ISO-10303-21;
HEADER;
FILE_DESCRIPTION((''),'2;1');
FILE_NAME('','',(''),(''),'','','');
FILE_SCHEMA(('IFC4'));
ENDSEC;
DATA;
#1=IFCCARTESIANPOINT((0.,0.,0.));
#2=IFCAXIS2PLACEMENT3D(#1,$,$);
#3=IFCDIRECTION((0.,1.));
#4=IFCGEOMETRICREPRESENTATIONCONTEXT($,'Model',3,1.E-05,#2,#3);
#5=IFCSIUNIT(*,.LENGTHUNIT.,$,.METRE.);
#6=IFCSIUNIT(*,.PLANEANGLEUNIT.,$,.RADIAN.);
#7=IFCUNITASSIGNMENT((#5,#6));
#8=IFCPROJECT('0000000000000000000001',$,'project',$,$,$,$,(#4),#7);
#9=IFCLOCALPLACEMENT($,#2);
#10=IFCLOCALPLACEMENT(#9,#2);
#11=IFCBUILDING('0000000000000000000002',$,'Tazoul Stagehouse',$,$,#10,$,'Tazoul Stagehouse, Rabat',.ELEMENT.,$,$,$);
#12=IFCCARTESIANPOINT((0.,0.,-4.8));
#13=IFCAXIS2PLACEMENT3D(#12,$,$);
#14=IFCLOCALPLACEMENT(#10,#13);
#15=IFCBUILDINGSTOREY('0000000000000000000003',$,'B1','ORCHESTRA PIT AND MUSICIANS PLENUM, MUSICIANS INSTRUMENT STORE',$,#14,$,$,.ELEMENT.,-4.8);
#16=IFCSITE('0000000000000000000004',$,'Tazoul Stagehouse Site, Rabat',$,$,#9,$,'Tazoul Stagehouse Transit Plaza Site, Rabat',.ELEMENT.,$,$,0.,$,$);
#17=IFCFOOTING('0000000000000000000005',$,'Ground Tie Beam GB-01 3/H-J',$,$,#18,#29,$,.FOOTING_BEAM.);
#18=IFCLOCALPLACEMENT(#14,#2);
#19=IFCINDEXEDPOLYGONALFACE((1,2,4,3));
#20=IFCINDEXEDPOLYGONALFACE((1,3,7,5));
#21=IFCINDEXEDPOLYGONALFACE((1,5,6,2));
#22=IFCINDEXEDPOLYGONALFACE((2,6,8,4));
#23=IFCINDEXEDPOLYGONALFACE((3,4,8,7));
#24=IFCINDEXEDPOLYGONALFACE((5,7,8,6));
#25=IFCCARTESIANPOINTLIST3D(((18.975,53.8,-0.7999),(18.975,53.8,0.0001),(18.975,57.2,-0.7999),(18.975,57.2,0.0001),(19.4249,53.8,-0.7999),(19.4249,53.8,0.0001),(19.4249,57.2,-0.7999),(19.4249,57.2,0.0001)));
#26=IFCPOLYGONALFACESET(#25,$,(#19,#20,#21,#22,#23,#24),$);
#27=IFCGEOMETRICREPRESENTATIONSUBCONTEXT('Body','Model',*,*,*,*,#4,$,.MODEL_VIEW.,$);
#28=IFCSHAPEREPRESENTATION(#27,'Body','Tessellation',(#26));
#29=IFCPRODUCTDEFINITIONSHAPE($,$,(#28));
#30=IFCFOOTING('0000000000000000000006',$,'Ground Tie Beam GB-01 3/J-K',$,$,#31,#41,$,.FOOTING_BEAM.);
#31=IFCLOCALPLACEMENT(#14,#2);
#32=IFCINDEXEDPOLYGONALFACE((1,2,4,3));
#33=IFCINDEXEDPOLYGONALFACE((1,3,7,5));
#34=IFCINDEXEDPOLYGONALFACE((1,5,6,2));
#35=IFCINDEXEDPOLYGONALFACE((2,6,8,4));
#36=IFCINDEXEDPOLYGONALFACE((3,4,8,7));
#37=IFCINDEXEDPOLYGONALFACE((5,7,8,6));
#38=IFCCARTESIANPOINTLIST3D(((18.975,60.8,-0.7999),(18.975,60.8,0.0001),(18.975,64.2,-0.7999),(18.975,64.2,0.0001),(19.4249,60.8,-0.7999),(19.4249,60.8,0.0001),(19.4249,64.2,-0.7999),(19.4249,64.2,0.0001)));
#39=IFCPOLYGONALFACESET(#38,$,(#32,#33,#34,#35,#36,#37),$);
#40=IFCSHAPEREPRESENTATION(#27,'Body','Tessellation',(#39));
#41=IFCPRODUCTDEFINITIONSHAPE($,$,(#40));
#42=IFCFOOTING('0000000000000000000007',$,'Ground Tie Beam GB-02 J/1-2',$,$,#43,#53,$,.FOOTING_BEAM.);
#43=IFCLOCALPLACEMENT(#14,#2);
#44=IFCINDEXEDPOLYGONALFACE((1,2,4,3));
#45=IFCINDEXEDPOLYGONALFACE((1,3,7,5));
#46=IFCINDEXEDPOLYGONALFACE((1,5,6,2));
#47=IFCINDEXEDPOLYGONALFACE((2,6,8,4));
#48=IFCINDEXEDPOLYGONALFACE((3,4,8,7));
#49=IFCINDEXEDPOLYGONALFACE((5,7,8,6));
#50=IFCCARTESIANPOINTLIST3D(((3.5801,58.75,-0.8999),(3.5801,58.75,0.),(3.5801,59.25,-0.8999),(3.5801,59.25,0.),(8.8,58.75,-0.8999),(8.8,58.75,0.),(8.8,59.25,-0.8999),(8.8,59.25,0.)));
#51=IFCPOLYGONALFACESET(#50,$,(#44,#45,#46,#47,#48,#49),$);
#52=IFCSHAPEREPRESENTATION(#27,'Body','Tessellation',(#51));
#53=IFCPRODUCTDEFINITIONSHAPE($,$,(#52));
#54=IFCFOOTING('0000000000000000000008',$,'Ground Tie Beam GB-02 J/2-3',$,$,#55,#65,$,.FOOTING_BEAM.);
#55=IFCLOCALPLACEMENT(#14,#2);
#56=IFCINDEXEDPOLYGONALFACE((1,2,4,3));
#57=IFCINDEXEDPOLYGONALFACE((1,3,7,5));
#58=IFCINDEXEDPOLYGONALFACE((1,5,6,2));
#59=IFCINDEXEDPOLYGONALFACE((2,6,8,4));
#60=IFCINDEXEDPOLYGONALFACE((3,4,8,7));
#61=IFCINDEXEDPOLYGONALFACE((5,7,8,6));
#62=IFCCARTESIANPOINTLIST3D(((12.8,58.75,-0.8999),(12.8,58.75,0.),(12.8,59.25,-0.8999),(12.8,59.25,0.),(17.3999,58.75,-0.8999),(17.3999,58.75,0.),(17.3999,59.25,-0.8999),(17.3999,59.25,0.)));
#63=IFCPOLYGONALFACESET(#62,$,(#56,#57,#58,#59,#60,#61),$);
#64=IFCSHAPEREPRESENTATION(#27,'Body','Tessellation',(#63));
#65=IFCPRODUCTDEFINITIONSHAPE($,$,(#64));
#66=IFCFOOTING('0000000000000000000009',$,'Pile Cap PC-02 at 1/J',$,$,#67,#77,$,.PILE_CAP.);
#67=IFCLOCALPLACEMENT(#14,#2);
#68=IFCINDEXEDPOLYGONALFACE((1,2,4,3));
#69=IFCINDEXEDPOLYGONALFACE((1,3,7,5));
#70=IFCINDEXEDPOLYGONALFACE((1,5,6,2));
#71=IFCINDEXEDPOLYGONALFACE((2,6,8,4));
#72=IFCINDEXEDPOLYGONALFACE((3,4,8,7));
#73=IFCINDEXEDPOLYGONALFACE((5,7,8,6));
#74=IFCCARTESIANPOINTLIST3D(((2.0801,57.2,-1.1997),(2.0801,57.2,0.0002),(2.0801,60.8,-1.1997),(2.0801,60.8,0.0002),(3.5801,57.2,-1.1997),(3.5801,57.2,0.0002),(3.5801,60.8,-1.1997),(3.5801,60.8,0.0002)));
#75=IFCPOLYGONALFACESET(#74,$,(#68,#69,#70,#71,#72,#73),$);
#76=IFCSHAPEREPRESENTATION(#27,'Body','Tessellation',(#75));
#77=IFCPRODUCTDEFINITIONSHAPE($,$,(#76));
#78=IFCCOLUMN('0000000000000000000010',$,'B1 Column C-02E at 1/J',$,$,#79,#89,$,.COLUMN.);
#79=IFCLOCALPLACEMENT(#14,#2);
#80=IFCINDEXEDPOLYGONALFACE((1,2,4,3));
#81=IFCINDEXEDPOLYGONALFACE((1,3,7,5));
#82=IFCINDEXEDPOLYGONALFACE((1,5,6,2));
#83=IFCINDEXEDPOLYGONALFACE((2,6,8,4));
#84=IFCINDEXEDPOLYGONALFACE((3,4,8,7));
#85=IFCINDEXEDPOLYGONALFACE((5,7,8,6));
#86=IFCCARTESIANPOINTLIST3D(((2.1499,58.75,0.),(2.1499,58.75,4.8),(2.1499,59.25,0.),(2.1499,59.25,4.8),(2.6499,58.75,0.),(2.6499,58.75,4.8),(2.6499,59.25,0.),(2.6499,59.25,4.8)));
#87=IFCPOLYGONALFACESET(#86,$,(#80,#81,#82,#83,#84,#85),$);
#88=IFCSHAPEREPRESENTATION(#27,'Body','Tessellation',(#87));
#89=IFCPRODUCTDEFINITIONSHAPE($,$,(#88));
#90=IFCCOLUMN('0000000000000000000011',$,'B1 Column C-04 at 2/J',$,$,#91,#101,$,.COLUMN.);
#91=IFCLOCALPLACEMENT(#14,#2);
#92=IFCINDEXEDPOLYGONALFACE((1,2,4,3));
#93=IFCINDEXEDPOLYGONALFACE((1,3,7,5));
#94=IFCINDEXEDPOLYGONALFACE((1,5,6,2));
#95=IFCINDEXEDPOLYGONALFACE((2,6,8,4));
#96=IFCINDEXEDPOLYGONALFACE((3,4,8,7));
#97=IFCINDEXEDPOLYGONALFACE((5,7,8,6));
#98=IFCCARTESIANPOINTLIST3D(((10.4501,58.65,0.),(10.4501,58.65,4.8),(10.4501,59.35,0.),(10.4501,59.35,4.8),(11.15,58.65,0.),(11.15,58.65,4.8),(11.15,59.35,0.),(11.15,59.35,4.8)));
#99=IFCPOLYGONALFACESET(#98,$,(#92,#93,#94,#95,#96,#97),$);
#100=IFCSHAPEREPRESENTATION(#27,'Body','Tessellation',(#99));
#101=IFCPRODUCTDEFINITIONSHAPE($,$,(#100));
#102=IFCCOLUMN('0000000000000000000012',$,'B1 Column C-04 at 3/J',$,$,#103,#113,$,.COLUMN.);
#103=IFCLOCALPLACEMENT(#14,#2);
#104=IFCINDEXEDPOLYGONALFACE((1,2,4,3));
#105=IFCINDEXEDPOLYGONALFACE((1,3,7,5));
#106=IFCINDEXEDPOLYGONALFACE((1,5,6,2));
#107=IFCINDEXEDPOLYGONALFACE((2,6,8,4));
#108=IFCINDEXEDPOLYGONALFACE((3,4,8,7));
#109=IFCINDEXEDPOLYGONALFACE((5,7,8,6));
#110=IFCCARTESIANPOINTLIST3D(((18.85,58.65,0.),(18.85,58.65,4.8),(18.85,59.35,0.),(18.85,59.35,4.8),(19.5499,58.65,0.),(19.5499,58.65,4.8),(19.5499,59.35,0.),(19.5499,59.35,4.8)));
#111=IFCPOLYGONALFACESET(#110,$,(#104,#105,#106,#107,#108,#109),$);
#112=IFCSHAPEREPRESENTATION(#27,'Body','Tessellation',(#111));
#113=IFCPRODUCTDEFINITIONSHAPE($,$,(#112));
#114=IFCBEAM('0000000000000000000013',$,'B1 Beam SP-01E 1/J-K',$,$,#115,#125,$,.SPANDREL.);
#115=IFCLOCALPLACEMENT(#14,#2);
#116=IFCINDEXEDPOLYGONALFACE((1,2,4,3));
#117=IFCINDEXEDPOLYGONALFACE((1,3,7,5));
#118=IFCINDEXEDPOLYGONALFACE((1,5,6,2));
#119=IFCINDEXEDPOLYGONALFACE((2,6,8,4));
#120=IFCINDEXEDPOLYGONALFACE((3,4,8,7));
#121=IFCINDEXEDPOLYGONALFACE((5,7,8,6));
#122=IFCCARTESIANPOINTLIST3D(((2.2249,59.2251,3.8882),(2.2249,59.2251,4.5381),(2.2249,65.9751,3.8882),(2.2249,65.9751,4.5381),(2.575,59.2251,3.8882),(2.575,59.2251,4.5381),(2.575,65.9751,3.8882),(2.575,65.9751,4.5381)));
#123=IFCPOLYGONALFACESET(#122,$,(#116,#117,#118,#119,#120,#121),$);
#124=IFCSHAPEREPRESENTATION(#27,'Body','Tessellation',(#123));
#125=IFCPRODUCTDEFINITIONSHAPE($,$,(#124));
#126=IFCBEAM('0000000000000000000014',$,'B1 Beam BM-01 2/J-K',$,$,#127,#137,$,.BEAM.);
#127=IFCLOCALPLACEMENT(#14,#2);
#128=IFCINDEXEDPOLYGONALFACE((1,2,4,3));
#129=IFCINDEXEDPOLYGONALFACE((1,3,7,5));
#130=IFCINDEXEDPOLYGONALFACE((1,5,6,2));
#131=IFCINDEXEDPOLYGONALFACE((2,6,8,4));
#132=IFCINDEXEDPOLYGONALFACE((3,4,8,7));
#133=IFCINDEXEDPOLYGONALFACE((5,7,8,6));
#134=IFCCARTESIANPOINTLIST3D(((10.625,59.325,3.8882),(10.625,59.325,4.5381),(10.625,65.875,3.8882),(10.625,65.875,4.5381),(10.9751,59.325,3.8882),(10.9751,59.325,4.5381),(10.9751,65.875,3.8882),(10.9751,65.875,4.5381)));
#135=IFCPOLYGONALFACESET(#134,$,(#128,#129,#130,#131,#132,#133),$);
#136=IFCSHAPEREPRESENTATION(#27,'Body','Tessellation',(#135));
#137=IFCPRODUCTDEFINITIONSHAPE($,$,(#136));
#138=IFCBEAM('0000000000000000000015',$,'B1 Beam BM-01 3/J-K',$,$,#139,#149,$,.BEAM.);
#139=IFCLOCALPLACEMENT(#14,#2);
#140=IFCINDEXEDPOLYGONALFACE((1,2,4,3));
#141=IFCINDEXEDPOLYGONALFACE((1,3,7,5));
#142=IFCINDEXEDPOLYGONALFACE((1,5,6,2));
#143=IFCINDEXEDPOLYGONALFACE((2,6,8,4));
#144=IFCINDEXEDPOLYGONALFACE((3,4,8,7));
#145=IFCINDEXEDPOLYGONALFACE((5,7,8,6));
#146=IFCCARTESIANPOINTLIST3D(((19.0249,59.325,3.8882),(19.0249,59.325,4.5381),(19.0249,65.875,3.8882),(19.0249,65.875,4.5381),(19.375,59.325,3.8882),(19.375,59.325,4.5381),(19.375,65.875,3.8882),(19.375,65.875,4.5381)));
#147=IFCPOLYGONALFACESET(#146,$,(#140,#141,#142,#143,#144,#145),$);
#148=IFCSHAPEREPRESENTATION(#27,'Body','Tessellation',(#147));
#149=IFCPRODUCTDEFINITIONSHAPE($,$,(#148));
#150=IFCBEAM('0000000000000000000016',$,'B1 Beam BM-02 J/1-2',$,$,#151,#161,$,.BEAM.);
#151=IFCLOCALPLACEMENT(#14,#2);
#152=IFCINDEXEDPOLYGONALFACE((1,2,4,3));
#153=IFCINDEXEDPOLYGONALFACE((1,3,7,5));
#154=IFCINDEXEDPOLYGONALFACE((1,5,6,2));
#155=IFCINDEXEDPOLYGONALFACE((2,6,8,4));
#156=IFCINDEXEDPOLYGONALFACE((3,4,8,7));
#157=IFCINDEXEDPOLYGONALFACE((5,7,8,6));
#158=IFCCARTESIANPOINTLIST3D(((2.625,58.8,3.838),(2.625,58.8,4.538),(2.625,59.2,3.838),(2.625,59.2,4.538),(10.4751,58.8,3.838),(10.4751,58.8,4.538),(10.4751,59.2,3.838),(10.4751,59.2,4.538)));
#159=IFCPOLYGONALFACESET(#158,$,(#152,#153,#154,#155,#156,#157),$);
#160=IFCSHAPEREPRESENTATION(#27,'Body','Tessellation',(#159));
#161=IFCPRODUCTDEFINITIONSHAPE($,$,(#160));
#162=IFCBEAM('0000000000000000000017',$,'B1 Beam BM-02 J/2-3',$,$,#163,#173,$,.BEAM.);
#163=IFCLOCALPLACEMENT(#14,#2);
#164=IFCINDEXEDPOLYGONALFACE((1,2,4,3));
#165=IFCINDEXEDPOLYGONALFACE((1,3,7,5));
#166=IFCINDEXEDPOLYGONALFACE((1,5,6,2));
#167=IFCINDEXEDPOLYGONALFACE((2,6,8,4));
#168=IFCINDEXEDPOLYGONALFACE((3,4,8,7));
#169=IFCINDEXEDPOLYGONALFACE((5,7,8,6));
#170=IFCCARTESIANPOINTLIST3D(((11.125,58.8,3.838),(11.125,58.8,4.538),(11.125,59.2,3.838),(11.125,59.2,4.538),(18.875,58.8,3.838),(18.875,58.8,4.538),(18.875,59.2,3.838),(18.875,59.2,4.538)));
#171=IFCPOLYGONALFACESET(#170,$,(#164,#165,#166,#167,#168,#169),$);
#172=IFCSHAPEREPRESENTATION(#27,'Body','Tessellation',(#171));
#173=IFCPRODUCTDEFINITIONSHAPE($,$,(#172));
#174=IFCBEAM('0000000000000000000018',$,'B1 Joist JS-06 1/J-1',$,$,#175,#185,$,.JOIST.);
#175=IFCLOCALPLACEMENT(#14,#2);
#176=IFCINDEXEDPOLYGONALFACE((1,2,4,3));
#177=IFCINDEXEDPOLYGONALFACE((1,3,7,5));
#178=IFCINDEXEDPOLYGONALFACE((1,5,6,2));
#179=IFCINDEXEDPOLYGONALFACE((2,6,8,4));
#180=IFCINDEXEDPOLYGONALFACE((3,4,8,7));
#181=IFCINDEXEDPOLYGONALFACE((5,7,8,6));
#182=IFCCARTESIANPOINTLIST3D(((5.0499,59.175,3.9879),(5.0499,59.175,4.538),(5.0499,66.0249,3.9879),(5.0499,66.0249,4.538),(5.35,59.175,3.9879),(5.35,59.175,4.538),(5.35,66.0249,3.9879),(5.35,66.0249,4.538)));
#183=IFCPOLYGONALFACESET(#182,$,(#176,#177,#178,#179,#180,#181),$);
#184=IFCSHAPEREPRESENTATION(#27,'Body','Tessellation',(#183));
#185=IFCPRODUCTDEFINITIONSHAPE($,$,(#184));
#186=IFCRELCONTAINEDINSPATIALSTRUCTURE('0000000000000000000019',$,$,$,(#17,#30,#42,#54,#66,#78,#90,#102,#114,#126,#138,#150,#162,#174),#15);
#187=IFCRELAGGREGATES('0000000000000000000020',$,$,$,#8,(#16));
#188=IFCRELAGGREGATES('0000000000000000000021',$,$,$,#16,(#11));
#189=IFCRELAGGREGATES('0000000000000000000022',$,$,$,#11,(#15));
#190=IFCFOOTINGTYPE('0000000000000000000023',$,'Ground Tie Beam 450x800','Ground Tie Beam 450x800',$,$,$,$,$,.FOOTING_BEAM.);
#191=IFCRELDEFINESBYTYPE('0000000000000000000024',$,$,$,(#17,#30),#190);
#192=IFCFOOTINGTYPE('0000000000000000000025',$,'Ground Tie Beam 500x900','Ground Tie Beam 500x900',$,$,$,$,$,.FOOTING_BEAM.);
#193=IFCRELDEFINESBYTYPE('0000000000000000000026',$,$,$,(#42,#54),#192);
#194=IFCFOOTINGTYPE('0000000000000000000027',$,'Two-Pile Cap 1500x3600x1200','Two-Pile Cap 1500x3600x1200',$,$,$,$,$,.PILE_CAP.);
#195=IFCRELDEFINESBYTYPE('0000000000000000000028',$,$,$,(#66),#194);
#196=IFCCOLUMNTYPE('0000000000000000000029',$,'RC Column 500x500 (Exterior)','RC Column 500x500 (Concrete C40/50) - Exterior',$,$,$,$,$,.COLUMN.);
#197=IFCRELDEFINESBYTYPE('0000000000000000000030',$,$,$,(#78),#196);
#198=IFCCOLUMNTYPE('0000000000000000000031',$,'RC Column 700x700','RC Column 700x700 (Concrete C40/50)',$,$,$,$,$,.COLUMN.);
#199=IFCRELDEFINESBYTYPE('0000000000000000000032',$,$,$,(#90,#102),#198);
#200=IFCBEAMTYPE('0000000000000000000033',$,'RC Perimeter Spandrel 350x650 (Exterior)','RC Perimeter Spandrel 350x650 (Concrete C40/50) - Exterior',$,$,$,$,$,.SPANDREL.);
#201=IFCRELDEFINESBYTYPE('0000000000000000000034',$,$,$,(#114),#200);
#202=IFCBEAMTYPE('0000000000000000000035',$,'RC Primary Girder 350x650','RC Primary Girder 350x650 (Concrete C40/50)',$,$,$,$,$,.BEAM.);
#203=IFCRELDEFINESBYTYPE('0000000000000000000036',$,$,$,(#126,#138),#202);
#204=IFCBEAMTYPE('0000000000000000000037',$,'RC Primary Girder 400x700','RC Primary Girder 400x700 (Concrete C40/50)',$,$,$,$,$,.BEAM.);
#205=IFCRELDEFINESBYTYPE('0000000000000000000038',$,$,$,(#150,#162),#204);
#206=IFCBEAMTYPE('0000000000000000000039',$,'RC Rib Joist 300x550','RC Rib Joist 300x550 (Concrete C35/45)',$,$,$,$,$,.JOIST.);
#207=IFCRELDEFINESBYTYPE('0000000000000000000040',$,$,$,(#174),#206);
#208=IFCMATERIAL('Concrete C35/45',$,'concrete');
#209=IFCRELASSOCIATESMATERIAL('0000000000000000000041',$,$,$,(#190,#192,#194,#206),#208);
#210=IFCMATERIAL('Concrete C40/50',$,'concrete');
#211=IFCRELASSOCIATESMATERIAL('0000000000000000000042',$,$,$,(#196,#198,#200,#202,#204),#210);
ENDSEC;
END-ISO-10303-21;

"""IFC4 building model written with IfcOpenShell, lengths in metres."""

from ifc_helpers import new_model, si_unit, direction, frame, origin, origin_2d, place, context, subcontext, project, spatial, rectangle, extrude, material, material_profile, profile_set, type_object, element, save


model = new_model("IFC4")

# Units and contexts
model_context = context("Model", 3, precision=1e-05, world=origin(), true_north=direction((0.0, 1.0)))
body_context = subcontext(model_context, "Body", "Model", "MODEL_VIEW")
ifc_project = project(units=[si_unit("LENGTHUNIT", "METRE"), si_unit("PLANEANGLEUNIT", "RADIAN")], contexts=[model_context])

# Site, building, storey
site_placement = place(None, origin())
site = spatial("IfcSite", under=ifc_project, at=site_placement, Name="Tazoul Stagehouse Site, Rabat", LongName="Tazoul Stagehouse Transit Plaza Site, Rabat", CompositionType="ELEMENT", RefElevation=0.0)
building_placement = place(site_placement, origin())
building = spatial("IfcBuilding", under=site, at=building_placement, Name="Tazoul Stagehouse", LongName="Tazoul Stagehouse, Rabat", CompositionType="ELEMENT")
storey_placement = place(building_placement, frame((0.0, 0.0, -4.8)))
storey = spatial("IfcBuildingStorey", under=building, at=storey_placement, Name="B1", Description="ORCHESTRA PIT AND MUSICIANS PLENUM, MUSICIANS INSTRUMENT STORE", CompositionType="ELEMENT", Elevation=-4.8)

# Shared definitions
ifc_material_1 = material(Name="Concrete C35/45", Category="concrete")

# Footings
ifc_material_profile_1 = material_profile(ifc_material_1, rectangle(XDim=0.45, YDim=0.8, at=origin_2d()), Name="RC 450x800")
ifc_profile_set_1 = profile_set([ifc_material_profile_1], Name="Concrete C35/45")
footing_type_1 = type_object("IfcFootingType", Name="Ground Tie Beam 450x800", Description="Ground Tie Beam 450x800", PredefinedType="FOOTING_BEAM", material=ifc_profile_set_1)
for number, where, z_axis, x_axis, name in (
    (1, (19.2, 53.8, -0.3999), (0.0, 1.0, 0.0), (-1.0, 0.0, 0.0), "Ground Tie Beam GB-01 3/H-J"),
    (2, (19.2, 60.8, -0.3999), (0.0, 1.0, 0.0), (-1.0, 0.0, 0.0), "Ground Tie Beam GB-01 3/J-K"),
):
    element("IfcFooting", number, at=place(storey_placement, frame(where, z_axis=z_axis, x_axis=x_axis)), inside=storey, type_object=footing_type_1, Name=name, PredefinedType="FOOTING_BEAM", context=body_context, shape_type="SweptSolid", body=[
        extrude(rectangle(XDim=0.45, YDim=0.8, at=origin_2d()), origin(), (0.0, 0.0, 1.0), 3.3999),
    ])
ifc_material_profile_2 = material_profile(ifc_material_1, rectangle(XDim=0.5, YDim=0.8999, at=origin_2d()), Name="RC 500x900")
ifc_profile_set_2 = profile_set([ifc_material_profile_2], Name="Concrete C35/45")
footing_type_2 = type_object("IfcFootingType", Name="Ground Tie Beam 500x900", Description="Ground Tie Beam 500x900", PredefinedType="FOOTING_BEAM", material=ifc_profile_set_2)
footing_1_placement = place(storey_placement, frame((3.5801, 59.0, -0.45), z_axis=(1.0, 0.0, 0.0), x_axis=(0.0, 1.0, 0.0)))
element("IfcFooting", 3, at=footing_1_placement, inside=storey, type_object=footing_type_2, Name="Ground Tie Beam GB-02 J/1-2", PredefinedType="FOOTING_BEAM", context=body_context, shape_type="SweptSolid", body=[
    extrude(rectangle(XDim=0.5, YDim=0.8999, at=origin_2d()), origin(), (0.0, 0.0, 1.0), 5.22),
])
footing_2_placement = place(storey_placement, frame((12.8, 59.0, -0.45), z_axis=(1.0, 0.0, 0.0), x_axis=(0.0, 1.0, 0.0)))
element("IfcFooting", 4, at=footing_2_placement, inside=storey, type_object=footing_type_2, Name="Ground Tie Beam GB-02 J/2-3", PredefinedType="FOOTING_BEAM", context=body_context, shape_type="SweptSolid", body=[
    extrude(rectangle(XDim=0.5, YDim=0.8999, at=origin_2d()), origin(), (0.0, 0.0, 1.0), 4.5999),
])
footing_type_3 = type_object("IfcFootingType", Name="Two-Pile Cap 1500x3600x1200", Description="Two-Pile Cap 1500x3600x1200", PredefinedType="PILE_CAP", material=ifc_material_1)
footing_3_placement = place(storey_placement, frame((2.8301, 59.0, -1.1997), z_axis=(0.0, 0.0, 1.0), x_axis=(1.0, 0.0, 0.0)))
element("IfcFooting", 5, at=footing_3_placement, inside=storey, type_object=footing_type_3, Name="Pile Cap PC-02 at 1/J", PredefinedType="PILE_CAP", context=body_context, shape_type="SweptSolid", body=[
    extrude(rectangle(XDim=1.5, YDim=3.6001, at=origin_2d()), origin(), (0.0, 0.0, 1.0), 1.2),
])

# Columns
ifc_material_2 = material(Name="Concrete C40/50", Category="concrete")
ifc_material_profile_3 = material_profile(ifc_material_2, rectangle(XDim=0.5, YDim=0.5, at=origin_2d()), Name="RC 500x500")
ifc_profile_set_3 = profile_set([ifc_material_profile_3], Name="Concrete C40/50")
column_type_1 = type_object("IfcColumnType", Name="RC Column 500x500 (Exterior)", Description="RC Column 500x500 (Concrete C40/50) - Exterior", PredefinedType="COLUMN", material=ifc_profile_set_3)
column_placement = place(storey_placement, frame((2.3999, 59.0, 0.0), z_axis=(0.0, 0.0, 1.0), x_axis=(1.0, 0.0, 0.0)))
element("IfcColumn", 6, at=column_placement, inside=storey, type_object=column_type_1, Name="B1 Column C-02E at 1/J", PredefinedType="COLUMN", context=body_context, shape_type="SweptSolid", body=[
    extrude(rectangle(XDim=0.5, YDim=0.5, at=origin_2d()), origin(), (0.0, 0.0, 1.0), 4.8),
])
ifc_material_profile_4 = material_profile(ifc_material_2, rectangle(XDim=0.7, YDim=0.7, at=origin_2d()), Name="RC 700x700")
ifc_profile_set_4 = profile_set([ifc_material_profile_4], Name="Concrete C40/50")
column_type_2 = type_object("IfcColumnType", Name="RC Column 700x700", Description="RC Column 700x700 (Concrete C40/50)", PredefinedType="COLUMN", material=ifc_profile_set_4)
for number, where, z_axis, x_axis, name in (
    (7, (10.8, 59.0, 0.0), (0.0, 0.0, 1.0), (1.0, 0.0, 0.0), "B1 Column C-04 at 2/J"),
    (8, (19.2, 59.0, 0.0), (0.0, 0.0, 1.0), (1.0, 0.0, 0.0), "B1 Column C-04 at 3/J"),
):
    element("IfcColumn", number, at=place(storey_placement, frame(where, z_axis=z_axis, x_axis=x_axis)), inside=storey, type_object=column_type_2, Name=name, PredefinedType="COLUMN", context=body_context, shape_type="SweptSolid", body=[
        extrude(rectangle(XDim=0.7, YDim=0.7, at=origin_2d()), origin(), (0.0, 0.0, 1.0), 4.8),
    ])

# Beams
ifc_material_profile_5 = material_profile(ifc_material_2, rectangle(XDim=0.3501, YDim=0.6499, at=origin_2d()), Name="RC 350x650")
ifc_profile_set_5 = profile_set([ifc_material_profile_5], Name="Concrete C40/50")
beam_type_1 = type_object("IfcBeamType", Name="RC Perimeter Spandrel 350x650 (Exterior)", Description="RC Perimeter Spandrel 350x650 (Concrete C40/50) - Exterior", PredefinedType="SPANDREL", material=ifc_profile_set_5)
beam_1_placement = place(storey_placement, frame((2.3999, 59.2251, 4.2131), z_axis=(0.0, 1.0, 0.0), x_axis=(-1.0, 0.0, 0.0)))
element("IfcBeam", 9, at=beam_1_placement, inside=storey, type_object=beam_type_1, Name="B1 Beam SP-01E 1/J-K", PredefinedType="SPANDREL", context=body_context, shape_type="SweptSolid", body=[
    extrude(rectangle(XDim=0.3501, YDim=0.6499, at=origin_2d()), origin(), (0.0, 0.0, 1.0), 6.75),
])
ifc_material_profile_6 = material_profile(ifc_material_2, rectangle(XDim=0.3501, YDim=0.6499, at=origin_2d()), Name="RC 350x650")
ifc_profile_set_6 = profile_set([ifc_material_profile_6], Name="Concrete C40/50")
beam_type_2 = type_object("IfcBeamType", Name="RC Primary Girder 350x650", Description="RC Primary Girder 350x650 (Concrete C40/50)", PredefinedType="BEAM", material=ifc_profile_set_6)
for number, where, z_axis, x_axis, name in (
    (10, (10.8, 59.325, 4.2131), (0.0, 1.0, 0.0), (-1.0, 0.0, 0.0), "B1 Beam BM-01 2/J-K"),
    (11, (19.2, 59.325, 4.2131), (0.0, 1.0, 0.0), (-1.0, 0.0, 0.0), "B1 Beam BM-01 3/J-K"),
):
    element("IfcBeam", number, at=place(storey_placement, frame(where, z_axis=z_axis, x_axis=x_axis)), inside=storey, type_object=beam_type_2, Name=name, PredefinedType="BEAM", context=body_context, shape_type="SweptSolid", body=[
        extrude(rectangle(XDim=0.3501, YDim=0.6499, at=origin_2d()), origin(), (0.0, 0.0, 1.0), 6.55),
    ])
ifc_material_profile_7 = material_profile(ifc_material_2, rectangle(XDim=0.3999, YDim=0.7, at=origin_2d()), Name="RC 400x700")
ifc_profile_set_7 = profile_set([ifc_material_profile_7], Name="Concrete C40/50")
beam_type_3 = type_object("IfcBeamType", Name="RC Primary Girder 400x700", Description="RC Primary Girder 400x700 (Concrete C40/50)", PredefinedType="BEAM", material=ifc_profile_set_7)
beam_2_placement = place(storey_placement, frame((2.625, 59.0, 4.188), z_axis=(1.0, 0.0, 0.0), x_axis=(0.0, 1.0, 0.0)))
element("IfcBeam", 12, at=beam_2_placement, inside=storey, type_object=beam_type_3, Name="B1 Beam BM-02 J/1-2", PredefinedType="BEAM", context=body_context, shape_type="SweptSolid", body=[
    extrude(rectangle(XDim=0.3999, YDim=0.7, at=origin_2d()), origin(), (0.0, 0.0, 1.0), 7.8501),
])
beam_3_placement = place(storey_placement, frame((11.125, 59.0, 4.188), z_axis=(1.0, 0.0, 0.0), x_axis=(0.0, 1.0, 0.0)))
element("IfcBeam", 13, at=beam_3_placement, inside=storey, type_object=beam_type_3, Name="B1 Beam BM-02 J/2-3", PredefinedType="BEAM", context=body_context, shape_type="SweptSolid", body=[
    extrude(rectangle(XDim=0.3999, YDim=0.7, at=origin_2d()), origin(), (0.0, 0.0, 1.0), 7.75),
])
ifc_material_profile_8 = material_profile(ifc_material_1, rectangle(XDim=0.3, YDim=0.55, at=origin_2d()), Name="RC 300x550")
ifc_profile_set_8 = profile_set([ifc_material_profile_8], Name="Concrete C35/45")
beam_type_4 = type_object("IfcBeamType", Name="RC Rib Joist 300x550", Description="RC Rib Joist 300x550 (Concrete C35/45)", PredefinedType="JOIST", material=ifc_profile_set_8)
for number, where, z_axis, x_axis, name in (
    (14, (5.2, 59.175, 4.2629), (0.0, 1.0, 0.0), (-1.0, 0.0, 0.0), "B1 Joist JS-06 1/J-1"),
):
    element("IfcBeam", number, at=place(storey_placement, frame(where, z_axis=z_axis, x_axis=x_axis)), inside=storey, type_object=beam_type_4, Name=name, PredefinedType="JOIST", context=body_context, shape_type="SweptSolid", body=[
        extrude(rectangle(XDim=0.3, YDim=0.55, at=origin_2d()), origin(), (0.0, 0.0, 1.0), 6.8499),
    ])

save(model, "model.ifc")
